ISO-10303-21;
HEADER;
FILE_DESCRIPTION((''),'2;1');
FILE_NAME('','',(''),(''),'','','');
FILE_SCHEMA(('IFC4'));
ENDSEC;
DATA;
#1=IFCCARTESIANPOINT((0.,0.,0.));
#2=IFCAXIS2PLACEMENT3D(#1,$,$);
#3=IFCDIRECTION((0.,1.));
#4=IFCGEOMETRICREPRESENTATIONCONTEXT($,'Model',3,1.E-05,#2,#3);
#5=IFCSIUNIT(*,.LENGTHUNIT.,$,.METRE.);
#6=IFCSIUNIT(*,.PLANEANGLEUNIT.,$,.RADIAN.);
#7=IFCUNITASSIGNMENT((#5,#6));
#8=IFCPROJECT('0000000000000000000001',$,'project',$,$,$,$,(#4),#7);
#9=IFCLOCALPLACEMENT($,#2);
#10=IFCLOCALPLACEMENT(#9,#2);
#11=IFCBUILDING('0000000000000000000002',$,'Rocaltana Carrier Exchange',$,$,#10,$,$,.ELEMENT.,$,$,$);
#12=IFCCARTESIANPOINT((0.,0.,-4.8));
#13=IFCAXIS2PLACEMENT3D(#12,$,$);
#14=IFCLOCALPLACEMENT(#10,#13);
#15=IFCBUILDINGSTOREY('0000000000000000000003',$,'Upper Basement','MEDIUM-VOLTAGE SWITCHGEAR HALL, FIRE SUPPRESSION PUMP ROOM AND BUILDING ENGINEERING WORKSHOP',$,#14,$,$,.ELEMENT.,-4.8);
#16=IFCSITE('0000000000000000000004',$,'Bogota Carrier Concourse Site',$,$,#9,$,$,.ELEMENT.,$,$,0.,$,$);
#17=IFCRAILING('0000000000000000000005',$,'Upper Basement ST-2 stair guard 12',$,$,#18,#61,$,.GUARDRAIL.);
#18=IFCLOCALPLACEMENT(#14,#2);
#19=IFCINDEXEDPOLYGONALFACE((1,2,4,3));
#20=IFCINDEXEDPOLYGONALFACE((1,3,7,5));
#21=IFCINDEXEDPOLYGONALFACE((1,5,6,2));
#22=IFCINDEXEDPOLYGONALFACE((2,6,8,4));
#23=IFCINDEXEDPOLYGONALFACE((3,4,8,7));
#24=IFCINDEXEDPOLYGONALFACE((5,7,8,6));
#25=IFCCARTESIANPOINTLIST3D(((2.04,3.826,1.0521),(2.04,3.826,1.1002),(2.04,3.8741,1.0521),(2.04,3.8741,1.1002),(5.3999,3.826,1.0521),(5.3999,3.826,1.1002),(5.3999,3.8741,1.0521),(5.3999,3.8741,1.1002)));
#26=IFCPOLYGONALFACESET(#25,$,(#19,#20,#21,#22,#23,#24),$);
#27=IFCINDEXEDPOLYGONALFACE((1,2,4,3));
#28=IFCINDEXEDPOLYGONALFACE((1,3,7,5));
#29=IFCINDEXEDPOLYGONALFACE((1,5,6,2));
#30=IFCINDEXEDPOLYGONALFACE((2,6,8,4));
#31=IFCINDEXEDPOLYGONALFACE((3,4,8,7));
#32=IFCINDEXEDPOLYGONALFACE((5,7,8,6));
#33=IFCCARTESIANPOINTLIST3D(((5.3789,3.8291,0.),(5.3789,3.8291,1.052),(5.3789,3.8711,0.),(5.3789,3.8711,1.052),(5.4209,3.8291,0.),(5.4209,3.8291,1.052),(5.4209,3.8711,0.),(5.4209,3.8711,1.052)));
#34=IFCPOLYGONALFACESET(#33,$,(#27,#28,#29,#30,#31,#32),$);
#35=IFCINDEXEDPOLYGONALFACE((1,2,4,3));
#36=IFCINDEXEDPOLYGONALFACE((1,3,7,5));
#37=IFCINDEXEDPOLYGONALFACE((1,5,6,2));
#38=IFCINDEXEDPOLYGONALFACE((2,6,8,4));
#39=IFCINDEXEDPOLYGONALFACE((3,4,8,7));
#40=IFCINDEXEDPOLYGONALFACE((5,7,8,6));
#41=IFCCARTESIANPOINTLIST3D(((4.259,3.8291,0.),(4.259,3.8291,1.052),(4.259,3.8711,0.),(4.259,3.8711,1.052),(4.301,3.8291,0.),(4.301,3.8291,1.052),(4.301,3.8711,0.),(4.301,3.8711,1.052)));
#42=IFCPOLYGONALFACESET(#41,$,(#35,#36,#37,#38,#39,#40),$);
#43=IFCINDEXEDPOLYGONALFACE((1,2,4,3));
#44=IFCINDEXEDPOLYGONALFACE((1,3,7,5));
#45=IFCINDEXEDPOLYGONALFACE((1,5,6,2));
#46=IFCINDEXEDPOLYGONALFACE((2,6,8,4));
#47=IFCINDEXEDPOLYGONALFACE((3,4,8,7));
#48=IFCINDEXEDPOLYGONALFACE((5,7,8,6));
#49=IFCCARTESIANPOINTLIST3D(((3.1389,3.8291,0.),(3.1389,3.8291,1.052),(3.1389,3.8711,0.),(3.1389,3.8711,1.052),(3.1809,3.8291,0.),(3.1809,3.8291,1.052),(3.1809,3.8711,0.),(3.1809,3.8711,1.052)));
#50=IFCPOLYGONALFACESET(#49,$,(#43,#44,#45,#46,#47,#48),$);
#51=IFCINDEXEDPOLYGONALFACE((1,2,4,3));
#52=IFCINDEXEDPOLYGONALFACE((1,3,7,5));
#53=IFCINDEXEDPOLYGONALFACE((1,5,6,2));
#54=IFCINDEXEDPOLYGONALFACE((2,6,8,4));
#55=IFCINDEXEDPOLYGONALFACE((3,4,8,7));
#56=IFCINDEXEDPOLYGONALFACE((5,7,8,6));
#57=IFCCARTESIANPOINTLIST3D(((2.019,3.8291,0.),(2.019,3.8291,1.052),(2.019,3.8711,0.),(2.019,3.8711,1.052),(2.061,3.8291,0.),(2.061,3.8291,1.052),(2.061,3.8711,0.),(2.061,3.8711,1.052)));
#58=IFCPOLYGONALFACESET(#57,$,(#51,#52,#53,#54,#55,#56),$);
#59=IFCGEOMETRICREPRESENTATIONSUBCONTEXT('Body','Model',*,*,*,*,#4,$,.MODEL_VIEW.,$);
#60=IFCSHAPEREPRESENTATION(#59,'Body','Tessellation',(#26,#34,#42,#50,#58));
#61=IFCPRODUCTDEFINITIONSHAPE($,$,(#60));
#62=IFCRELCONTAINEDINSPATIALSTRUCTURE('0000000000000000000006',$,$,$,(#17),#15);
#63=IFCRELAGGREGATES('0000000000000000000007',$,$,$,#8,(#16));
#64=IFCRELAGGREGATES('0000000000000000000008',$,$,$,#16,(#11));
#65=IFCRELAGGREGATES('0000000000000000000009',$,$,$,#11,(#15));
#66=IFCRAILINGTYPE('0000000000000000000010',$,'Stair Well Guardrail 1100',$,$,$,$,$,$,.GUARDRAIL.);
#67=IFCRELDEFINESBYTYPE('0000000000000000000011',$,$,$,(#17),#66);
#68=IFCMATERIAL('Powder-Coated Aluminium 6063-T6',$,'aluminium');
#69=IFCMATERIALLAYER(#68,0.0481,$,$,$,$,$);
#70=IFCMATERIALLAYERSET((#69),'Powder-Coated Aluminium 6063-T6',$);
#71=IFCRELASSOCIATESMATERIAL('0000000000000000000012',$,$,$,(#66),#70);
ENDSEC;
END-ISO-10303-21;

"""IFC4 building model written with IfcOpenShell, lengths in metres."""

from ifc_helpers import new_model, si_unit, direction, frame, origin, origin_2d, place, context, subcontext, project, spatial, rectangle, extrude, material, layer, layer_set, type_object, element, save


model = new_model("IFC4")

# Units and contexts
model_context = context("Model", 3, precision=1e-05, world=origin(), true_north=direction((0.0, 1.0)))
body_context = subcontext(model_context, "Body", "Model", "MODEL_VIEW")
ifc_project = project(units=[si_unit("LENGTHUNIT", "METRE"), si_unit("PLANEANGLEUNIT", "RADIAN")], contexts=[model_context])

# Site, building, storey
site_placement = place(None, origin())
site = spatial("IfcSite", under=ifc_project, at=site_placement, Name="Bogota Carrier Concourse Site", CompositionType="ELEMENT", RefElevation=0.0)
building_placement = place(site_placement, origin())
building = spatial("IfcBuilding", under=site, at=building_placement, Name="Rocaltana Carrier Exchange", CompositionType="ELEMENT")
storey_placement = place(building_placement, frame((0.0, 0.0, -4.8)))
storey = spatial("IfcBuildingStorey", under=building, at=storey_placement, Name="Upper Basement", Description="MEDIUM-VOLTAGE SWITCHGEAR HALL, FIRE SUPPRESSION PUMP ROOM AND BUILDING ENGINEERING WORKSHOP", CompositionType="ELEMENT", Elevation=-4.8)

# Railing
ifc_material_1 = material(Name="Powder-Coated Aluminium 6063-T6", Category="aluminium")
ifc_layer_1 = layer(ifc_material_1, 0.0481)
ifc_layer_set_1 = layer_set([ifc_layer_1], Name="Powder-Coated Aluminium 6063-T6")
railing_type_1 = type_object("IfcRailingType", Name="Stair Well Guardrail 1100", PredefinedType="GUARDRAIL", material=ifc_layer_set_1)
railing_1_placement = place(storey_placement, frame((5.3999, 3.8501, 0.0)))
element("IfcRailing", 1, at=railing_1_placement, inside=storey, type_object=railing_type_1, Name="Upper Basement ST-2 stair guard 12", PredefinedType="GUARDRAIL", context=body_context, shape_type="SweptSolid", body=[
    extrude(rectangle(XDim=0.0481, YDim=0.0481, at=origin_2d()), frame((0.0, 0.0, 1.0762), z_axis=(-1.0, 0.0, 0.0), x_axis=(0.0, -1.0, 0.0)), (0.0, 0.0, 1.0), 3.3599),
    extrude(rectangle(XDim=0.042, YDim=0.042, at=origin_2d()), origin(), (0.0, 0.0, 1.0), 1.052),
    extrude(rectangle(XDim=0.042, YDim=0.042, at=origin_2d()), frame((-1.1199, 0.0, 0.0)), (0.0, 0.0, 1.0), 1.052),
    extrude(rectangle(XDim=0.042, YDim=0.042, at=origin_2d()), frame((-2.24, 0.0, 0.0)), (0.0, 0.0, 1.0), 1.052),
    extrude(rectangle(XDim=0.042, YDim=0.042, at=origin_2d()), frame((-3.3599, 0.0, 0.0)), (0.0, 0.0, 1.0), 1.052),
])

save(model, "model.ifc")
